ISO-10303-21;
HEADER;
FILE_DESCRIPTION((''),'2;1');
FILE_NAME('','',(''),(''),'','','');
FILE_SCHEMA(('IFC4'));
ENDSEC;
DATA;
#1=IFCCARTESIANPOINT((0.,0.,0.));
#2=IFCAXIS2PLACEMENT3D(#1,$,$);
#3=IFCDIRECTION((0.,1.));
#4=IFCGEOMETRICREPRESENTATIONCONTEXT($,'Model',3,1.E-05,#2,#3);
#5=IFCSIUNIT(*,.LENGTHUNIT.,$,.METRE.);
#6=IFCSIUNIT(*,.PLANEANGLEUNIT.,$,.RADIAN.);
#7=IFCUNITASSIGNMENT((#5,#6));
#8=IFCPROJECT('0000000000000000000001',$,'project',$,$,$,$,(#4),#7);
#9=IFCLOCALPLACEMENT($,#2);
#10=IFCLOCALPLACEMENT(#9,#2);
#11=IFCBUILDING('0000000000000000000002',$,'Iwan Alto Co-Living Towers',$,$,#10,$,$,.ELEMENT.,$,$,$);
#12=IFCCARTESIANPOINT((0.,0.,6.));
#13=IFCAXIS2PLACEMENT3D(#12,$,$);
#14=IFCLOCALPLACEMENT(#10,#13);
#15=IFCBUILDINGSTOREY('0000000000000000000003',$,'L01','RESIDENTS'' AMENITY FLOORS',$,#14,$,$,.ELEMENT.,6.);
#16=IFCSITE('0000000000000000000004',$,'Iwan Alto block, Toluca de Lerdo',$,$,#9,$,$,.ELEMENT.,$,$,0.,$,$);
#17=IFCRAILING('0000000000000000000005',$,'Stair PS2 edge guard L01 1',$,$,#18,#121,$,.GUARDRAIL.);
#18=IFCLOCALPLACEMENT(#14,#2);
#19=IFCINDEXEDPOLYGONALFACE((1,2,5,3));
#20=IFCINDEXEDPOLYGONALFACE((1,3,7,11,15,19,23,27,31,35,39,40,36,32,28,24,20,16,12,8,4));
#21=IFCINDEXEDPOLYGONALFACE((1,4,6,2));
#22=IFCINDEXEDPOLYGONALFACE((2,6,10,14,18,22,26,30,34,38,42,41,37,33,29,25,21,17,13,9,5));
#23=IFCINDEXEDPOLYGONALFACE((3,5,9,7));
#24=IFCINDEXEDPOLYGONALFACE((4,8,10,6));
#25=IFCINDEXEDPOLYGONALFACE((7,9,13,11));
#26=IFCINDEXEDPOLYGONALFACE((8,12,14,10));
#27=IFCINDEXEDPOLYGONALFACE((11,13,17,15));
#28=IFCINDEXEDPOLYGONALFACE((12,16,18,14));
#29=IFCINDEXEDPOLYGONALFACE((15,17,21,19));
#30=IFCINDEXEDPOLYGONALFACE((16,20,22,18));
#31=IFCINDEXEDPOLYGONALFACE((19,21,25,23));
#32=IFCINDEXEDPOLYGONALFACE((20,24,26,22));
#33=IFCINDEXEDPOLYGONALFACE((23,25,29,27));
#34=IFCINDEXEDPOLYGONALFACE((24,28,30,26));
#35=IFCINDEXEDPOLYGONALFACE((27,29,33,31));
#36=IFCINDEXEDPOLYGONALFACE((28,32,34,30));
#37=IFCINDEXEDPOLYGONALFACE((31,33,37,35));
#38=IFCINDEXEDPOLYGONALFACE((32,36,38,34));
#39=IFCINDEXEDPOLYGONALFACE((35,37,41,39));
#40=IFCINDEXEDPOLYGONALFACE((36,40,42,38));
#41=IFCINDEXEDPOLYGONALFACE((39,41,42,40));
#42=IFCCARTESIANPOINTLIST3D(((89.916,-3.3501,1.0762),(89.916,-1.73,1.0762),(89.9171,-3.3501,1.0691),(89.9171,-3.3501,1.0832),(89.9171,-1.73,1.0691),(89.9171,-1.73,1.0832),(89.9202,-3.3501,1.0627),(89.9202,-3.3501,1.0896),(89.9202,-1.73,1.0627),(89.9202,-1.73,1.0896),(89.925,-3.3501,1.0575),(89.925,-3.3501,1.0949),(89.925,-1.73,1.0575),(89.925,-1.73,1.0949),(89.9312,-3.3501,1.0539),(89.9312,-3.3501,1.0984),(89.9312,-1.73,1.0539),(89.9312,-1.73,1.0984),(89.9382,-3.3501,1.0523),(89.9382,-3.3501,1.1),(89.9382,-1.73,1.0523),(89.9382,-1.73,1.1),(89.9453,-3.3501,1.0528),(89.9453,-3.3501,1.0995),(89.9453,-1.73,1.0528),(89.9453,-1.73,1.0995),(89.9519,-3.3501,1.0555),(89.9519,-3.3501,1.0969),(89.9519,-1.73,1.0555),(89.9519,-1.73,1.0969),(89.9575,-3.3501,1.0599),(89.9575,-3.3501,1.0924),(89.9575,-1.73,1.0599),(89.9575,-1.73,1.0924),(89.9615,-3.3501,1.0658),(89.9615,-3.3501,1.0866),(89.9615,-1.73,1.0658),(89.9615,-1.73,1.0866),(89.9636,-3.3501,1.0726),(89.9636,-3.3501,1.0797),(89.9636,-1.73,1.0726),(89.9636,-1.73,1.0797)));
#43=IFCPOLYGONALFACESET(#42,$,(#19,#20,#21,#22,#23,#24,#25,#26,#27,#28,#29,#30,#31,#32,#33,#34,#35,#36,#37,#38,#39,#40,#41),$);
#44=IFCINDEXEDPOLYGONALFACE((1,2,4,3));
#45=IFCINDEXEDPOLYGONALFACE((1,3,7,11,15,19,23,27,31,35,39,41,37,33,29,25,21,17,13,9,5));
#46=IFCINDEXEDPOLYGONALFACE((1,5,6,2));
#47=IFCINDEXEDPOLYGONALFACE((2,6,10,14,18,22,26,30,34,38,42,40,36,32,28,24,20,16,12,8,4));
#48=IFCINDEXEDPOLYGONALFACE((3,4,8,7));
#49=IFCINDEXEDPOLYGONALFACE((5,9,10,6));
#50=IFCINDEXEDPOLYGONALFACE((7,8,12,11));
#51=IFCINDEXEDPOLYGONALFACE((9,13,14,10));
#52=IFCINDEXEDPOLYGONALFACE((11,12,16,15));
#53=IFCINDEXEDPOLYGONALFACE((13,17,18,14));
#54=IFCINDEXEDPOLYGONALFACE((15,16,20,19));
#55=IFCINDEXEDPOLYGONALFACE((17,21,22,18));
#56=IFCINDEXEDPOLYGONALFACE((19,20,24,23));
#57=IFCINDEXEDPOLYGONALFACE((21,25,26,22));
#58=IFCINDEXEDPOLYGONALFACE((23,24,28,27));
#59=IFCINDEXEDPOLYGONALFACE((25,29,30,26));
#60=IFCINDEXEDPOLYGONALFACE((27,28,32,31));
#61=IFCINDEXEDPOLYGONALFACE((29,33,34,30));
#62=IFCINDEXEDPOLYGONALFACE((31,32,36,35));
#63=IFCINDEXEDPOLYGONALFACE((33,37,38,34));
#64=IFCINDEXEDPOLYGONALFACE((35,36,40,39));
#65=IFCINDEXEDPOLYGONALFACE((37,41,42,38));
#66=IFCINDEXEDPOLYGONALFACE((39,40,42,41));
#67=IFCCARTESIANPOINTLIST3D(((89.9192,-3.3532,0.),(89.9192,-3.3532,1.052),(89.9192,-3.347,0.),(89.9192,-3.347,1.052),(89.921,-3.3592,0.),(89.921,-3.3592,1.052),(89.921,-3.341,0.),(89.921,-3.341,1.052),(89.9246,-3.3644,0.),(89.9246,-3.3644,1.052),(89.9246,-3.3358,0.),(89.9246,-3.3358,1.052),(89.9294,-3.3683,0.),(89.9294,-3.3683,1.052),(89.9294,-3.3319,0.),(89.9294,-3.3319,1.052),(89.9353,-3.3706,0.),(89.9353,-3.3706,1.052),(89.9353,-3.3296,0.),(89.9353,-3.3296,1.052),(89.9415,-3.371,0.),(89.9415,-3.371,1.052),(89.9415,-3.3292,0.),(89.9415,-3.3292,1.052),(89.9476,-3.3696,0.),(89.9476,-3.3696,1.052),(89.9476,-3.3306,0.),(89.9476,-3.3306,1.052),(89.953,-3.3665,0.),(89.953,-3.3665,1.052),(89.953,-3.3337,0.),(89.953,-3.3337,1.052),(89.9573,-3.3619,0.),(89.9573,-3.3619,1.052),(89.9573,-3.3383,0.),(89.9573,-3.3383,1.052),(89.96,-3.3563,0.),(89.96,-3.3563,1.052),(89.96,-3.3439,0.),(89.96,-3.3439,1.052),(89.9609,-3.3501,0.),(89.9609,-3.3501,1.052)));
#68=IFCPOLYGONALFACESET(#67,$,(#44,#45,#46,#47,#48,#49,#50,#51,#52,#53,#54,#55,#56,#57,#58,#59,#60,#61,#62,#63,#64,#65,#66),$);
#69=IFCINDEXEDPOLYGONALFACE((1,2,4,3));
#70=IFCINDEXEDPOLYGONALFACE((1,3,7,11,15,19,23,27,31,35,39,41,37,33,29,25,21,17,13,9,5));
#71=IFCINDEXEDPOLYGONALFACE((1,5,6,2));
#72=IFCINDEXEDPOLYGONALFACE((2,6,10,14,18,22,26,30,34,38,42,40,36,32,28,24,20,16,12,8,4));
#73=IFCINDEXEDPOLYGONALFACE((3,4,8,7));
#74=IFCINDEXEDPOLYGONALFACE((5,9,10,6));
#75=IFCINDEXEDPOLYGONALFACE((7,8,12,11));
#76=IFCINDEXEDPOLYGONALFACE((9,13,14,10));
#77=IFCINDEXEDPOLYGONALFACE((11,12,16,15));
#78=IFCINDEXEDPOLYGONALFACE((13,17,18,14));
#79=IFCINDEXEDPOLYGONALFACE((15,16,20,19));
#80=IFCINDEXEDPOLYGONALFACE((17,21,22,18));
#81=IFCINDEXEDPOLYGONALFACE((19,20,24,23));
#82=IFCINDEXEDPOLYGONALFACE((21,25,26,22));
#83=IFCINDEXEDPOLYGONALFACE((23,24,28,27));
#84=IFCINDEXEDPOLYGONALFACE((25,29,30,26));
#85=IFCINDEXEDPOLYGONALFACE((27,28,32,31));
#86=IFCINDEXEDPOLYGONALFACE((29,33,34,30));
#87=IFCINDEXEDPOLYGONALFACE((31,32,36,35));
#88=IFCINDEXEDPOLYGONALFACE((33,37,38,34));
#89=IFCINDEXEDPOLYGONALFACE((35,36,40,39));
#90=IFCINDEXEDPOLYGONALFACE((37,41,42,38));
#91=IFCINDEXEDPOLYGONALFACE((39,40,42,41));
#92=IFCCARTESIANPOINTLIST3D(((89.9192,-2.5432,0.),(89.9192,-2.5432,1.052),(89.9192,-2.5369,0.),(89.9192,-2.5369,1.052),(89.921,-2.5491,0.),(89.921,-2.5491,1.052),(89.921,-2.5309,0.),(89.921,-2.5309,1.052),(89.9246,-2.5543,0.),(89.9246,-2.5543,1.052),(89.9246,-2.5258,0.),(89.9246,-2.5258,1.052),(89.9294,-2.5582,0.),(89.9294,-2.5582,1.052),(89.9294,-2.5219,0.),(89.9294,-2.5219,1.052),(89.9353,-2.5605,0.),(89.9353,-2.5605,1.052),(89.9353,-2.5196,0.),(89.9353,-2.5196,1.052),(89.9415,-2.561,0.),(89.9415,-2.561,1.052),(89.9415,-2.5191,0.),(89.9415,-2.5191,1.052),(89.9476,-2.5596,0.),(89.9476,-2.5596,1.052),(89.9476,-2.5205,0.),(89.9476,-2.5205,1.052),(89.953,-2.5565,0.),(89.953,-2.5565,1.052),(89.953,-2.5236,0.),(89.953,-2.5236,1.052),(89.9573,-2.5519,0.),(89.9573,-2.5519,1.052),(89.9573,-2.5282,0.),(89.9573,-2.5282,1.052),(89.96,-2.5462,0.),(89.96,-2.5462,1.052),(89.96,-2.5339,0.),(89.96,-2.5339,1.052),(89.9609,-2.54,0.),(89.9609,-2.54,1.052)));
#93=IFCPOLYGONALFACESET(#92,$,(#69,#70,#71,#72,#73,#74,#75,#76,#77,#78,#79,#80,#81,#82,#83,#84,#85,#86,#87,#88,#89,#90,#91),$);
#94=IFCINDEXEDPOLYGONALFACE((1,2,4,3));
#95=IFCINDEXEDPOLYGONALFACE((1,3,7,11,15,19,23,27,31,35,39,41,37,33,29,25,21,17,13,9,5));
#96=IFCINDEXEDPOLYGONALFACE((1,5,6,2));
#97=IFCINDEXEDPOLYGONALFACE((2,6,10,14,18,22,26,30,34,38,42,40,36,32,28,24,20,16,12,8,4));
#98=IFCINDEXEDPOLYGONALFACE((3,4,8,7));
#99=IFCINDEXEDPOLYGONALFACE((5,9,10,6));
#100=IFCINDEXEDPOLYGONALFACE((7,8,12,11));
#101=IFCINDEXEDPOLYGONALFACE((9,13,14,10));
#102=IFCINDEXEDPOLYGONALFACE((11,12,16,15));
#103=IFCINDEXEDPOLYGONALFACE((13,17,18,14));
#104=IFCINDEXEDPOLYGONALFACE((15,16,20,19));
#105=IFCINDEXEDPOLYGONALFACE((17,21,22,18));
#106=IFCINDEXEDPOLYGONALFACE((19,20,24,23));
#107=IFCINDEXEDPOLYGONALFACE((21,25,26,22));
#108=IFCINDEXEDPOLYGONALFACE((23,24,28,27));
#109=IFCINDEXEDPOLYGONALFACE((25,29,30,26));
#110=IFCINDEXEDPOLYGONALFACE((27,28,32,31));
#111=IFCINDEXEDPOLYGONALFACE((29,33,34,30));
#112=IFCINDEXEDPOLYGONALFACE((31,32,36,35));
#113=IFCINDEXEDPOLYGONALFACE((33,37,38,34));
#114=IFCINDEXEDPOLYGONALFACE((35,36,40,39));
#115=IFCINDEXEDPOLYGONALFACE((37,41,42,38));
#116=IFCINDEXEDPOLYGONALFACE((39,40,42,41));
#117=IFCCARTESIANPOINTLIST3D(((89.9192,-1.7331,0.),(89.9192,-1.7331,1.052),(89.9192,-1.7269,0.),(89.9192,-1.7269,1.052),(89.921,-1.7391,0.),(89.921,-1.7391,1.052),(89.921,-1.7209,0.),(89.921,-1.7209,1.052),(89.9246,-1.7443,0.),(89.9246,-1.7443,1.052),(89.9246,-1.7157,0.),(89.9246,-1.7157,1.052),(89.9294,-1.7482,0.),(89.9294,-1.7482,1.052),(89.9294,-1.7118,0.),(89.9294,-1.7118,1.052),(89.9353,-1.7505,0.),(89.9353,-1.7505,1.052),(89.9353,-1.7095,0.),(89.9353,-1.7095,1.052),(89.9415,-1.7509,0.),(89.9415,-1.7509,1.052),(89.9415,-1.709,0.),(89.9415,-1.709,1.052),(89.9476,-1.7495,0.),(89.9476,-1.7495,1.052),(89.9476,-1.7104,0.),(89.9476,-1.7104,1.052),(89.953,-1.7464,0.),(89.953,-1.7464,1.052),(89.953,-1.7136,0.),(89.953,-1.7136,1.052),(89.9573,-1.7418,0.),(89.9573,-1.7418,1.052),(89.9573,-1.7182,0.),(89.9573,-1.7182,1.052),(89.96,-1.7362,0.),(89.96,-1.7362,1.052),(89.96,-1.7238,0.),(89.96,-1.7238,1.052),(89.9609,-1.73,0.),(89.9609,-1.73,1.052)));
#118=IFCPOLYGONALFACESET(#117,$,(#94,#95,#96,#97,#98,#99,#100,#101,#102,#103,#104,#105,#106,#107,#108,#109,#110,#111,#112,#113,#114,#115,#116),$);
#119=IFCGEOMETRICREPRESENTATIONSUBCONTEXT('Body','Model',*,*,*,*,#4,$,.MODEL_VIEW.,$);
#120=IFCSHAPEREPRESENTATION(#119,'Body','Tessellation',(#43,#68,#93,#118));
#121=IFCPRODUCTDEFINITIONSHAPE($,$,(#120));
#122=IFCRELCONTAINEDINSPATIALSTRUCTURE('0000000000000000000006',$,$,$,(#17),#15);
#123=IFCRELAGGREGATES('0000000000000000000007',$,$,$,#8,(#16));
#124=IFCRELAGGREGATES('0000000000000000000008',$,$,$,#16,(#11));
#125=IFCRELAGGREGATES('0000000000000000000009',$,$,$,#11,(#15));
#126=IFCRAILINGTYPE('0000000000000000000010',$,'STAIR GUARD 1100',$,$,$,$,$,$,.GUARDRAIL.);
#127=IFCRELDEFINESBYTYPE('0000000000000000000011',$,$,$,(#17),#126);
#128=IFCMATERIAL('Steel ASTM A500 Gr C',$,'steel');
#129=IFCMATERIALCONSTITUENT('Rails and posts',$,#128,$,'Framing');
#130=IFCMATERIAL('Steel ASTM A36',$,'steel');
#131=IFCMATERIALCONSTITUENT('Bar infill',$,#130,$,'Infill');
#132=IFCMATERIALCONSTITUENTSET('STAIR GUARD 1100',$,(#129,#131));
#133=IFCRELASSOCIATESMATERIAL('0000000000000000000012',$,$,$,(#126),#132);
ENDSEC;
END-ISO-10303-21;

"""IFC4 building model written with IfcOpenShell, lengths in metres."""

from ifc_helpers import new_model, si_unit, direction, frame, origin, origin_2d, place, context, subcontext, project, spatial, circle, extrude, material, constituent, constituent_set, type_object, element, save


model = new_model("IFC4")

# Units and contexts
model_context = context("Model", 3, precision=1e-05, world=origin(), true_north=direction((0.0, 1.0)))
body_context = subcontext(model_context, "Body", "Model", "MODEL_VIEW")
ifc_project = project(units=[si_unit("LENGTHUNIT", "METRE"), si_unit("PLANEANGLEUNIT", "RADIAN")], contexts=[model_context])

# Site, building, storey
site_placement = place(None, origin())
site = spatial("IfcSite", under=ifc_project, at=site_placement, Name="Iwan Alto block, Toluca de Lerdo", CompositionType="ELEMENT", RefElevation=0.0)
building_placement = place(site_placement, origin())
building = spatial("IfcBuilding", under=site, at=building_placement, Name="Iwan Alto Co-Living Towers", CompositionType="ELEMENT")
storey_placement = place(building_placement, frame((0.0, 0.0, 6.0)))
storey = spatial("IfcBuildingStorey", under=building, at=storey_placement, Name="L01", Description="RESIDENTS' AMENITY FLOORS", CompositionType="ELEMENT", Elevation=6.0)

# Shared definitions
ifc_material_1 = material(Name="Steel ASTM A36", Category="steel")

# Railing
ifc_material_2 = material(Name="Steel ASTM A500 Gr C", Category="steel")
ifc_constituent_1 = constituent(ifc_material_2, Name="Rails and posts", Category="Framing")
ifc_constituent_2 = constituent(ifc_material_1, Name="Bar infill", Category="Infill")
ifc_constituent_set_1 = constituent_set(constituents=[ifc_constituent_1, ifc_constituent_2], Name="STAIR GUARD 1100")
railing_type_1 = type_object("IfcRailingType", Name="STAIR GUARD 1100", PredefinedType="GUARDRAIL", material=ifc_constituent_set_1)
railing_1_placement = place(storey_placement, frame((89.9399, -3.3501, 0.0)))
element("IfcRailing", 1, at=railing_1_placement, inside=storey, type_object=railing_type_1, Name="Stair PS2 edge guard L01 1", PredefinedType="GUARDRAIL", context=body_context, shape_type="SweptSolid", body=[
    extrude(circle(Radius=0.0239, at=origin_2d()), frame((0.0, 0.0, 1.0762), z_axis=(0.0, 1.0, 0.0), x_axis=(-1.0, 0.0, 0.0)), (0.0, 0.0, 1.0), 1.6201),
    extrude(circle(Radius=0.021, at=origin_2d()), origin(), (0.0, 0.0, 1.0), 1.052),
    extrude(circle(Radius=0.021, at=origin_2d()), frame((0.0, 0.8101, 0.0)), (0.0, 0.0, 1.0), 1.052),
    extrude(circle(Radius=0.021, at=origin_2d()), frame((0.0, 1.6201, 0.0)), (0.0, 0.0, 1.0), 1.052),
])

save(model, "model.ifc")
